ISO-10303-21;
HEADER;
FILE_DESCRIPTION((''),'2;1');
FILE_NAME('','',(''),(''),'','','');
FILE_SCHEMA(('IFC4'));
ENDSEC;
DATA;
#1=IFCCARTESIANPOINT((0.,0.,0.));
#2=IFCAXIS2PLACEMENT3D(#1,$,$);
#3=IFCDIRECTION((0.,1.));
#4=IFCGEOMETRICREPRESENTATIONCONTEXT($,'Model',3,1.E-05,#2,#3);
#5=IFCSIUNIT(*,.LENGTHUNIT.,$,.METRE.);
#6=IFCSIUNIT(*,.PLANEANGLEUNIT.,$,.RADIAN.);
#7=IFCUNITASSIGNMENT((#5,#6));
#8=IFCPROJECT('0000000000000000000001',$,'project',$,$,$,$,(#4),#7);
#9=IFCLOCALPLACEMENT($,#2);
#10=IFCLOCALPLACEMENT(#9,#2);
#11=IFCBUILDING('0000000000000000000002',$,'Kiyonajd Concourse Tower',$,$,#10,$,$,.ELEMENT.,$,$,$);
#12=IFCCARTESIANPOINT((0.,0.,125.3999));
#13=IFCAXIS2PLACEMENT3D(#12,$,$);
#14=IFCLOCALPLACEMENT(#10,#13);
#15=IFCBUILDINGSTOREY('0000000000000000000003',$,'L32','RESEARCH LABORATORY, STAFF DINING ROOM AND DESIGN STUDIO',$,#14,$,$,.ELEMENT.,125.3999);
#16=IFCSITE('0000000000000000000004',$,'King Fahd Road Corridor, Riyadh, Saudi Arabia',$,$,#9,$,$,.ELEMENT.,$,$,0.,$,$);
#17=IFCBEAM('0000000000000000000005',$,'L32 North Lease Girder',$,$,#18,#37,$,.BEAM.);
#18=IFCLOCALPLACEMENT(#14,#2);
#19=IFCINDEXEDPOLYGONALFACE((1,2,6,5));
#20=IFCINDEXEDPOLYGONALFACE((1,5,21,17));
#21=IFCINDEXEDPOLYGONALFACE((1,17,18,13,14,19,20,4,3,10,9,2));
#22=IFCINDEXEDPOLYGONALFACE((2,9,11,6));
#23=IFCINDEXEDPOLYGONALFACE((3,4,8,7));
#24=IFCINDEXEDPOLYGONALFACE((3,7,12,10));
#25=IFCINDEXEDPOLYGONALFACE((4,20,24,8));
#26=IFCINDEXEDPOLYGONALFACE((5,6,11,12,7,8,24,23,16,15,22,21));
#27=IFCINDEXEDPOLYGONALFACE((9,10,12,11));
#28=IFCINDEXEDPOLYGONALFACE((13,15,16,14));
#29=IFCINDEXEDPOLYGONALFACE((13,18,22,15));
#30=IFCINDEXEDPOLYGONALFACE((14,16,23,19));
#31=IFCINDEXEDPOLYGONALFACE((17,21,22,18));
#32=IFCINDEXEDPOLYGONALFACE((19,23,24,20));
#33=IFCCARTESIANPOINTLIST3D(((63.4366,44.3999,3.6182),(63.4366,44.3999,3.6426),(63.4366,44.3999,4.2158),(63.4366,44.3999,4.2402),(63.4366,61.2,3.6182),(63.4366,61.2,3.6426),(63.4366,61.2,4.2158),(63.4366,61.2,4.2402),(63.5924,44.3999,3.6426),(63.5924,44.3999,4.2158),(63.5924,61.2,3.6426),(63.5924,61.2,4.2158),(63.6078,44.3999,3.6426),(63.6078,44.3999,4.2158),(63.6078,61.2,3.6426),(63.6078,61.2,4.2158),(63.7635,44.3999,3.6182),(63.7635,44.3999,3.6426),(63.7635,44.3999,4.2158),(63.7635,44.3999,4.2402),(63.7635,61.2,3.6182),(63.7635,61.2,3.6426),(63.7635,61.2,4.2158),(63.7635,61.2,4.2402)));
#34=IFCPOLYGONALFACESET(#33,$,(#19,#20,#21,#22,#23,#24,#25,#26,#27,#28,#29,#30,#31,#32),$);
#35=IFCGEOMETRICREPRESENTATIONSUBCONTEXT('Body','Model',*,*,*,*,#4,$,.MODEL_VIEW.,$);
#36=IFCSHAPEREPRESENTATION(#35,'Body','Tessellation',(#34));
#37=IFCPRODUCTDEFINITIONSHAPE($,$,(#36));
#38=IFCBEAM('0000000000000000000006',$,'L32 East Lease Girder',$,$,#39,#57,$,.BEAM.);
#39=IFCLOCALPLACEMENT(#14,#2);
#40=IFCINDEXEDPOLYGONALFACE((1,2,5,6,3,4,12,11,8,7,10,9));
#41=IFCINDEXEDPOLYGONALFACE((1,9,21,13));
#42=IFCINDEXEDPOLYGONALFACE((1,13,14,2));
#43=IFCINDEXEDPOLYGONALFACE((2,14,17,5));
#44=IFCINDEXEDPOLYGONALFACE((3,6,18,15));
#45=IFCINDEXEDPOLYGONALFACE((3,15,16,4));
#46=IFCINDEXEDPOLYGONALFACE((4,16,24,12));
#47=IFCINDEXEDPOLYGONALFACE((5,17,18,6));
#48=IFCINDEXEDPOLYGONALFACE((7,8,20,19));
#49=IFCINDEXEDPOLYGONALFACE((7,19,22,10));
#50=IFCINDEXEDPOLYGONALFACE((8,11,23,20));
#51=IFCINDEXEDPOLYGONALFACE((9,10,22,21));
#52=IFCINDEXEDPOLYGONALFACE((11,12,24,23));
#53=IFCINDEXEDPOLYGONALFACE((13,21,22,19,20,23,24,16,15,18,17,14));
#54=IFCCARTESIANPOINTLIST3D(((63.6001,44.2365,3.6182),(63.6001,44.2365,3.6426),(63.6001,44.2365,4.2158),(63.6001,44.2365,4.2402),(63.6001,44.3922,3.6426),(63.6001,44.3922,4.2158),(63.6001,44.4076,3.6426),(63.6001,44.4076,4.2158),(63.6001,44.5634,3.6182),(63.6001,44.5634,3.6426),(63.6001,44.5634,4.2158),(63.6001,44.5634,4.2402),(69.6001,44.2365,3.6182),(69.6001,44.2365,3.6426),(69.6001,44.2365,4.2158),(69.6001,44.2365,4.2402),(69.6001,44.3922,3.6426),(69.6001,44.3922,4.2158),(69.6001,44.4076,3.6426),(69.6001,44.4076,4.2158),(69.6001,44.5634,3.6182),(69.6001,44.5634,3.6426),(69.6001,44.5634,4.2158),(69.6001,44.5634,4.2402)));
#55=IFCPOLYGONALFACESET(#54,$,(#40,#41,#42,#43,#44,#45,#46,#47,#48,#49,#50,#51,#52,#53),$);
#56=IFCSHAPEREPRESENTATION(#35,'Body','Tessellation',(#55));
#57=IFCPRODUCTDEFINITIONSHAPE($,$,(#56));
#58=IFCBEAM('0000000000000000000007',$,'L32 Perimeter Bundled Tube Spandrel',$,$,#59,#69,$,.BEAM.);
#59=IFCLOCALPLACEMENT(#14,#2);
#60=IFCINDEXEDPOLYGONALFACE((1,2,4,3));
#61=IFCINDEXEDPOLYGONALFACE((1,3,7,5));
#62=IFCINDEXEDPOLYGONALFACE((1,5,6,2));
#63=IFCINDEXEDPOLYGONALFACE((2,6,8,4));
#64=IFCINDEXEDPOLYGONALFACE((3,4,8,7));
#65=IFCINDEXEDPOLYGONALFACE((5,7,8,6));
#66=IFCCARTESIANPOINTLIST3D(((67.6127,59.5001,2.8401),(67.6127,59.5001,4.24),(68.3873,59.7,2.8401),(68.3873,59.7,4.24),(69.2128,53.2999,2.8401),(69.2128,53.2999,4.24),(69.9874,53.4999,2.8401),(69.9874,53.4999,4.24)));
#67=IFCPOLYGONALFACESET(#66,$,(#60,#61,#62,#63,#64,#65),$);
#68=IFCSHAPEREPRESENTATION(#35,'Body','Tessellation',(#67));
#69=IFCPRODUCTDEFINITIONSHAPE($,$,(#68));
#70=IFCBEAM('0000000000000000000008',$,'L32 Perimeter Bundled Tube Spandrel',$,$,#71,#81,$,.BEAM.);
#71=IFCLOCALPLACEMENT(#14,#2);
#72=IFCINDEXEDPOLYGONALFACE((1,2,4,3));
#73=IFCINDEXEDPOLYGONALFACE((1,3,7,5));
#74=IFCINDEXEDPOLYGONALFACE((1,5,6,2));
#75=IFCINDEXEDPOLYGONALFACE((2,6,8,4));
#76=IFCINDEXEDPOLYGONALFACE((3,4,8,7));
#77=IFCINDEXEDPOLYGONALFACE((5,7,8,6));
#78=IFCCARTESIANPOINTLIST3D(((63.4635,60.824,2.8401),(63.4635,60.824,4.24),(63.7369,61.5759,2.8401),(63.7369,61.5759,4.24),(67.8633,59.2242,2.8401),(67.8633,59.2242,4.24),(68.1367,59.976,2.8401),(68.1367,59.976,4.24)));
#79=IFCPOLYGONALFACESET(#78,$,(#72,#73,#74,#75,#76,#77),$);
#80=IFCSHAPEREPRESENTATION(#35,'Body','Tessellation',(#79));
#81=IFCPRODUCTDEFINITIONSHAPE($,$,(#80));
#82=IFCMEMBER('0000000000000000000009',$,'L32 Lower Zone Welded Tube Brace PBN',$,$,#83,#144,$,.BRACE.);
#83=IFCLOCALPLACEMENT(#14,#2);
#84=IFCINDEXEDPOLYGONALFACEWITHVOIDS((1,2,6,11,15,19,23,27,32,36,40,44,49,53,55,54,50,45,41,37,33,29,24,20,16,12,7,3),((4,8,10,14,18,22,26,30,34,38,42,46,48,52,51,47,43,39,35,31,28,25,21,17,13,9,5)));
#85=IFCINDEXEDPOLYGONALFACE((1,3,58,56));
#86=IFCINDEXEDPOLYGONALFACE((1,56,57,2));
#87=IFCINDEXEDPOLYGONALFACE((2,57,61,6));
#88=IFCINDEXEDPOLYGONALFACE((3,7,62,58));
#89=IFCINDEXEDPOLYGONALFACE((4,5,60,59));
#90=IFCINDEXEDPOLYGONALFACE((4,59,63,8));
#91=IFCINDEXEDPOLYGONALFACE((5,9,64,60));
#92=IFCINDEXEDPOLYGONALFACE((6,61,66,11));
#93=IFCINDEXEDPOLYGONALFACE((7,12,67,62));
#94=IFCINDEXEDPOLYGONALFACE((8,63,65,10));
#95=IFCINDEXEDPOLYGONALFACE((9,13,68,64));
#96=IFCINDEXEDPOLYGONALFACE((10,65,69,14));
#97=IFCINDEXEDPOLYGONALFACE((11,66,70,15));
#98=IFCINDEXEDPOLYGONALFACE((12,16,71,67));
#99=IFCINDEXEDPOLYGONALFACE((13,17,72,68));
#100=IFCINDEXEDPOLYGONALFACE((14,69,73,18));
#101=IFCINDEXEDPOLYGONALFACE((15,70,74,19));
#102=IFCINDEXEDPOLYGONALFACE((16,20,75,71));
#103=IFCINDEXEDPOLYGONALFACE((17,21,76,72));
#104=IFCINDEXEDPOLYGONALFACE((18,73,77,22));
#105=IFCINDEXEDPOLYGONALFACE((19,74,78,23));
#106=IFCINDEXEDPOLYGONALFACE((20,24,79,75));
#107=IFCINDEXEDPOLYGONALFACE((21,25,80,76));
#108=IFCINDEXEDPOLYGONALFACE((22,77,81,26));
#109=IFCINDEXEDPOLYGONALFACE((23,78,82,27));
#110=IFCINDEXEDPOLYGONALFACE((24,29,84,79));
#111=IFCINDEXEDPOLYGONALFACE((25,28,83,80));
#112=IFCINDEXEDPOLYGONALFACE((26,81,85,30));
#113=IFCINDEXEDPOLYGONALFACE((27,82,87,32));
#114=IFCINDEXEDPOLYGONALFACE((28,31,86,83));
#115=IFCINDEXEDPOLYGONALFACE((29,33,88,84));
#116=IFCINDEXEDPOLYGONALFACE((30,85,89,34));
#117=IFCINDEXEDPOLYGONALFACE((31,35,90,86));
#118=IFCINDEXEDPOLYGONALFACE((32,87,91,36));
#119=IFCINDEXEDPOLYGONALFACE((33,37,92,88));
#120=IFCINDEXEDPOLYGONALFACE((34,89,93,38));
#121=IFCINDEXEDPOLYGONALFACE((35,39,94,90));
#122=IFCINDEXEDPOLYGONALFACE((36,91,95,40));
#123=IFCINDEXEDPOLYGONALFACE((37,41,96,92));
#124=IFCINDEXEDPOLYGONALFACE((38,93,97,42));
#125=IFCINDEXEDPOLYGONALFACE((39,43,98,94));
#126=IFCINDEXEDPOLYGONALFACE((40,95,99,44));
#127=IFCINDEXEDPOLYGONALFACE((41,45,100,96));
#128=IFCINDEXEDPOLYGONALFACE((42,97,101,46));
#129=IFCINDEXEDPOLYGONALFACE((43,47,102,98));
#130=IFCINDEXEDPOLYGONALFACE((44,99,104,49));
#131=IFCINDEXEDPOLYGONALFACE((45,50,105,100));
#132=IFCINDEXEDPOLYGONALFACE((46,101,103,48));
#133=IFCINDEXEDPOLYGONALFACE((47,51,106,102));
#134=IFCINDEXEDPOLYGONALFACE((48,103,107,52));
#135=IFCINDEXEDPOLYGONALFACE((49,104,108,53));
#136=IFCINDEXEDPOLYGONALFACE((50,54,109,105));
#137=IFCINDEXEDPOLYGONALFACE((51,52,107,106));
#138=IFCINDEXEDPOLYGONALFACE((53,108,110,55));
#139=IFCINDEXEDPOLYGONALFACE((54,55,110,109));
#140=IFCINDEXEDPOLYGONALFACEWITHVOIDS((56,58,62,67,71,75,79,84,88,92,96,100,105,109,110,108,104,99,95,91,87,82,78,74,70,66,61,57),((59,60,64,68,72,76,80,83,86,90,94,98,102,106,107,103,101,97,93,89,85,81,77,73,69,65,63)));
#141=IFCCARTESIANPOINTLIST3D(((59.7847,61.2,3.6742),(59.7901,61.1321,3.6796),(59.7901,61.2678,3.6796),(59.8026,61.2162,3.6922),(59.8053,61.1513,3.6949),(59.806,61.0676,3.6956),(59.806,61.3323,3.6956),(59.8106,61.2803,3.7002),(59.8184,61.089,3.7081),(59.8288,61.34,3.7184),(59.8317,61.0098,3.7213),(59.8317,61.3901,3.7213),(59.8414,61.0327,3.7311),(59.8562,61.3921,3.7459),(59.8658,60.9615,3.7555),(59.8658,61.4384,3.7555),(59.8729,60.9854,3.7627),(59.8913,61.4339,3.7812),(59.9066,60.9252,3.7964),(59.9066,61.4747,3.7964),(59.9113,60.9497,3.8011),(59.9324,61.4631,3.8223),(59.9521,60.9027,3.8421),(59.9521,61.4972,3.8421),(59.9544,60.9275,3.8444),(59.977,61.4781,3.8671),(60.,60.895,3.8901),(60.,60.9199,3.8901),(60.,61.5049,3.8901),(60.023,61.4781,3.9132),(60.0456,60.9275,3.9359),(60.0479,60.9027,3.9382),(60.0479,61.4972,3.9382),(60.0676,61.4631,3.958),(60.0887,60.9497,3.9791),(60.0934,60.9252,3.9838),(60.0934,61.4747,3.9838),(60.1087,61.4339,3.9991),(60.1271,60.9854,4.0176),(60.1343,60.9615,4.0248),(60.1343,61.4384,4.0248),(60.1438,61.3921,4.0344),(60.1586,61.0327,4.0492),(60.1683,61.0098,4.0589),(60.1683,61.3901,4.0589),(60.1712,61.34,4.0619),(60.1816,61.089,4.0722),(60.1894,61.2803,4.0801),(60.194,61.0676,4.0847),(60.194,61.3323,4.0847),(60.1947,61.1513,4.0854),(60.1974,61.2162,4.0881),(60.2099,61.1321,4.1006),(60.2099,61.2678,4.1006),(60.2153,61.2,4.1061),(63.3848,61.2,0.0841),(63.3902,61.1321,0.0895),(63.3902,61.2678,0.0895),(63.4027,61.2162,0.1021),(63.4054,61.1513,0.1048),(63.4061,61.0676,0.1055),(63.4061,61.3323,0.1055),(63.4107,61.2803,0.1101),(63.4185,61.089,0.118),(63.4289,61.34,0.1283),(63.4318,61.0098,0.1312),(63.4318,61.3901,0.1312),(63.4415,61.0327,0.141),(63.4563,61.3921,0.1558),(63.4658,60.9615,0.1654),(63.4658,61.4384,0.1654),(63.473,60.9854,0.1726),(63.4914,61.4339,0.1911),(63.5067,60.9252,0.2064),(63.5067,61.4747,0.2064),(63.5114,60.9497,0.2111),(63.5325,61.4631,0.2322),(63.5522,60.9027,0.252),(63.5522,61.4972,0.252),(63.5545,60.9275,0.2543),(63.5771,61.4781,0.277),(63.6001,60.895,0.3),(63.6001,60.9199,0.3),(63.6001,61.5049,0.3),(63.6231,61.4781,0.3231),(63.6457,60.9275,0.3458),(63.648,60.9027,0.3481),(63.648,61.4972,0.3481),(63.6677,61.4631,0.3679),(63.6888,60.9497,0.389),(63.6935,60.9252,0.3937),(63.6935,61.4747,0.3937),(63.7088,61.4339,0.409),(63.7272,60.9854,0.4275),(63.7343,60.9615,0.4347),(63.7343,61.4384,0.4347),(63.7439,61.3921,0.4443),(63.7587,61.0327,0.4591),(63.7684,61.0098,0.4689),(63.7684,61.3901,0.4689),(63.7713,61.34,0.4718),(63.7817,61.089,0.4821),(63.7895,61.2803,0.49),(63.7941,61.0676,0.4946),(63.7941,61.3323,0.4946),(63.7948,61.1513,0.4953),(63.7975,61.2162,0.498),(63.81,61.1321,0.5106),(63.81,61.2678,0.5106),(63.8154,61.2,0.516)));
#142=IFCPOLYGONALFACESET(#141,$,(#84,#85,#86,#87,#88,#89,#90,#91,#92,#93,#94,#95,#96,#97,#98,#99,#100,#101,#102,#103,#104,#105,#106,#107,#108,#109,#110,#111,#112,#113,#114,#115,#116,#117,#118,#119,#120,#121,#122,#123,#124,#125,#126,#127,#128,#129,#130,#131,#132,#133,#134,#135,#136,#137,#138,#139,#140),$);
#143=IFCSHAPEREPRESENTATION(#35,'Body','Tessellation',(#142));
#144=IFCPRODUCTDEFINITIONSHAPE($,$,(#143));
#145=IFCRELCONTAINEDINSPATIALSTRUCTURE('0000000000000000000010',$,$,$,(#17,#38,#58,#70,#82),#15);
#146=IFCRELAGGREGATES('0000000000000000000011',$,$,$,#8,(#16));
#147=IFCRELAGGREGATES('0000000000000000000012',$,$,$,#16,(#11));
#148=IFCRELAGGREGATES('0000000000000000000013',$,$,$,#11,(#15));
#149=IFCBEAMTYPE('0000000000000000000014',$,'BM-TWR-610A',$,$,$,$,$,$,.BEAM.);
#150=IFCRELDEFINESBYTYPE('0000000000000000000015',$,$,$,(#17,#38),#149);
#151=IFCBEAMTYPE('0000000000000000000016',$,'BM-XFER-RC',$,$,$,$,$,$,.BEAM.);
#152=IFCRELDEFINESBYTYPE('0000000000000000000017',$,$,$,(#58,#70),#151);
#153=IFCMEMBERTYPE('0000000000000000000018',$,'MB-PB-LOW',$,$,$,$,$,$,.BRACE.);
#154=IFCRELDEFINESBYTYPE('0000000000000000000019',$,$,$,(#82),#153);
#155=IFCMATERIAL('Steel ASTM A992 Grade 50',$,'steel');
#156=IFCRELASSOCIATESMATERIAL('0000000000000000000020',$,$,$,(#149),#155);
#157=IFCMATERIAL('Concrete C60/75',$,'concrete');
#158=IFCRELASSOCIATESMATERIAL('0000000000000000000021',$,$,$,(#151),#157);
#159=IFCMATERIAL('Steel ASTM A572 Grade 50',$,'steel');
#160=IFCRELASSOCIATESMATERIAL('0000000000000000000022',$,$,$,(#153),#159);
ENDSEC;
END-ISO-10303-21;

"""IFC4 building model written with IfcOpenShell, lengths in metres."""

from ifc_helpers import new_model, si_unit, direction, frame, origin, origin_2d, place, context, subcontext, project, spatial, rectangle, hollow_circle, i_section, extrude, material, material_profile, profile_set, type_object, element, save


model = new_model("IFC4")

# Units and contexts
model_context = context("Model", 3, precision=1e-05, world=origin(), true_north=direction((0.0, 1.0)))
body_context = subcontext(model_context, "Body", "Model", "MODEL_VIEW")
ifc_project = project(units=[si_unit("LENGTHUNIT", "METRE"), si_unit("PLANEANGLEUNIT", "RADIAN")], contexts=[model_context])

# Site, building, storey
site_placement = place(None, origin())
site = spatial("IfcSite", under=ifc_project, at=site_placement, Name="King Fahd Road Corridor, Riyadh, Saudi Arabia", CompositionType="ELEMENT", RefElevation=0.0)
building_placement = place(site_placement, origin())
building = spatial("IfcBuilding", under=site, at=building_placement, Name="Kiyonajd Concourse Tower", CompositionType="ELEMENT")
storey_placement = place(building_placement, frame((0.0, 0.0, 125.3999)))
storey = spatial("IfcBuildingStorey", under=building, at=storey_placement, Name="L32", Description="RESEARCH LABORATORY, STAFF DINING ROOM AND DESIGN STUDIO", CompositionType="ELEMENT", Elevation=125.3999)

# Beams
ifc_material_1 = material(Name="Steel ASTM A992 Grade 50", Category="steel")
ifc_material_profile_1 = material_profile(ifc_material_1, i_section(OverallWidth=0.3269, OverallDepth=0.6221, WebThickness=0.0154, FlangeThickness=0.0244, at=origin_2d()), Name="W610X195")
ifc_profile_set_1 = profile_set([ifc_material_profile_1], Name="Steel ASTM A992 Grade 50")
beam_type_1 = type_object("IfcBeamType", Name="BM-TWR-610A", PredefinedType="BEAM", material=ifc_profile_set_1)
beam_1_placement = place(storey_placement, frame((63.6001, 44.3999, 3.9292), z_axis=(0.0, 1.0, 0.0), x_axis=(-1.0, 0.0, 0.0)))
element("IfcBeam", 1, at=beam_1_placement, inside=storey, type_object=beam_type_1, Name="L32 North Lease Girder", PredefinedType="BEAM", context=body_context, shape_type="SweptSolid", body=[
    extrude(i_section(OverallWidth=0.3269, OverallDepth=0.6221, WebThickness=0.0154, FlangeThickness=0.0244, at=origin_2d()), origin(), (0.0, 0.0, 1.0), 16.8),
])
beam_2_placement = place(storey_placement, frame((63.6001, 44.3999, 3.9292), z_axis=(1.0, 0.0, 0.0), x_axis=(0.0, 1.0, 0.0)))
element("IfcBeam", 2, at=beam_2_placement, inside=storey, type_object=beam_type_1, Name="L32 East Lease Girder", PredefinedType="BEAM", context=body_context, shape_type="SweptSolid", body=[
    extrude(i_section(OverallWidth=0.3269, OverallDepth=0.6221, WebThickness=0.0154, FlangeThickness=0.0244, at=origin_2d()), origin(), (0.0, 0.0, 1.0), 6.0),
])
ifc_material_2 = material(Name="Concrete C60/75", Category="concrete")
ifc_material_profile_2 = material_profile(ifc_material_2, rectangle(XDim=0.8, YDim=1.3999, at=origin_2d()), Name="RCBM-800x1400")
ifc_profile_set_2 = profile_set([ifc_material_profile_2], Name="Concrete C60/75")
beam_type_2 = type_object("IfcBeamType", Name="BM-XFER-RC", PredefinedType="BEAM", material=ifc_profile_set_2)
beam_3_placement = place(storey_placement, frame((69.6001, 53.3999, 3.54), z_axis=(-0.249885, 0.968276, 0.0), x_axis=(-0.968276, -0.249885, 0.0)))
element("IfcBeam", 3, at=beam_3_placement, inside=storey, type_object=beam_type_2, Name="L32 Perimeter Bundled Tube Spandrel", PredefinedType="BEAM", context=body_context, shape_type="SweptSolid", body=[
    extrude(rectangle(XDim=0.8, YDim=1.3999, at=origin_2d()), origin(), (0.0, 0.0, 1.0), 6.4033),
])
beam_4_placement = place(storey_placement, frame((68.0, 59.6001, 3.54), z_axis=(-0.939801, 0.341722, 0.0), x_axis=(-0.341722, -0.939801, 0.0)))
element("IfcBeam", 4, at=beam_4_placement, inside=storey, type_object=beam_type_2, Name="L32 Perimeter Bundled Tube Spandrel", PredefinedType="BEAM", context=body_context, shape_type="SweptSolid", body=[
    extrude(rectangle(XDim=0.8, YDim=1.3999, at=origin_2d()), origin(), (0.0, 0.0, 1.0), 4.6816),
])

# Member
ifc_material_3 = material(Name="Steel ASTM A572 Grade 50", Category="steel")
ifc_material_profile_3 = material_profile(ifc_material_3, hollow_circle(Radius=0.3049, WallThickness=0.0249, at=origin_2d()), Name="CHS-610x25")
ifc_profile_set_3 = profile_set([ifc_material_profile_3], Name="Steel ASTM A572 Grade 50")
member_type = type_object("IfcMemberType", Name="MB-PB-LOW", PredefinedType="BRACE", material=ifc_profile_set_3)
member_1_placement = place(storey_placement, frame((63.6001, 61.2, 0.3), z_axis=(-0.70809, 0.0, 0.706122), x_axis=(0.0, -1.0, 0.0)))
element("IfcMember", 5, at=member_1_placement, inside=storey, type_object=member_type, Name="L32 Lower Zone Welded Tube Brace PBN", PredefinedType="BRACE", context=body_context, shape_type="SweptSolid", body=[
    extrude(hollow_circle(Radius=0.3049, WallThickness=0.0249, at=origin_2d()), origin(), (0.0, 0.0, 1.0), 5.0842),
])

save(model, "model.ifc")
